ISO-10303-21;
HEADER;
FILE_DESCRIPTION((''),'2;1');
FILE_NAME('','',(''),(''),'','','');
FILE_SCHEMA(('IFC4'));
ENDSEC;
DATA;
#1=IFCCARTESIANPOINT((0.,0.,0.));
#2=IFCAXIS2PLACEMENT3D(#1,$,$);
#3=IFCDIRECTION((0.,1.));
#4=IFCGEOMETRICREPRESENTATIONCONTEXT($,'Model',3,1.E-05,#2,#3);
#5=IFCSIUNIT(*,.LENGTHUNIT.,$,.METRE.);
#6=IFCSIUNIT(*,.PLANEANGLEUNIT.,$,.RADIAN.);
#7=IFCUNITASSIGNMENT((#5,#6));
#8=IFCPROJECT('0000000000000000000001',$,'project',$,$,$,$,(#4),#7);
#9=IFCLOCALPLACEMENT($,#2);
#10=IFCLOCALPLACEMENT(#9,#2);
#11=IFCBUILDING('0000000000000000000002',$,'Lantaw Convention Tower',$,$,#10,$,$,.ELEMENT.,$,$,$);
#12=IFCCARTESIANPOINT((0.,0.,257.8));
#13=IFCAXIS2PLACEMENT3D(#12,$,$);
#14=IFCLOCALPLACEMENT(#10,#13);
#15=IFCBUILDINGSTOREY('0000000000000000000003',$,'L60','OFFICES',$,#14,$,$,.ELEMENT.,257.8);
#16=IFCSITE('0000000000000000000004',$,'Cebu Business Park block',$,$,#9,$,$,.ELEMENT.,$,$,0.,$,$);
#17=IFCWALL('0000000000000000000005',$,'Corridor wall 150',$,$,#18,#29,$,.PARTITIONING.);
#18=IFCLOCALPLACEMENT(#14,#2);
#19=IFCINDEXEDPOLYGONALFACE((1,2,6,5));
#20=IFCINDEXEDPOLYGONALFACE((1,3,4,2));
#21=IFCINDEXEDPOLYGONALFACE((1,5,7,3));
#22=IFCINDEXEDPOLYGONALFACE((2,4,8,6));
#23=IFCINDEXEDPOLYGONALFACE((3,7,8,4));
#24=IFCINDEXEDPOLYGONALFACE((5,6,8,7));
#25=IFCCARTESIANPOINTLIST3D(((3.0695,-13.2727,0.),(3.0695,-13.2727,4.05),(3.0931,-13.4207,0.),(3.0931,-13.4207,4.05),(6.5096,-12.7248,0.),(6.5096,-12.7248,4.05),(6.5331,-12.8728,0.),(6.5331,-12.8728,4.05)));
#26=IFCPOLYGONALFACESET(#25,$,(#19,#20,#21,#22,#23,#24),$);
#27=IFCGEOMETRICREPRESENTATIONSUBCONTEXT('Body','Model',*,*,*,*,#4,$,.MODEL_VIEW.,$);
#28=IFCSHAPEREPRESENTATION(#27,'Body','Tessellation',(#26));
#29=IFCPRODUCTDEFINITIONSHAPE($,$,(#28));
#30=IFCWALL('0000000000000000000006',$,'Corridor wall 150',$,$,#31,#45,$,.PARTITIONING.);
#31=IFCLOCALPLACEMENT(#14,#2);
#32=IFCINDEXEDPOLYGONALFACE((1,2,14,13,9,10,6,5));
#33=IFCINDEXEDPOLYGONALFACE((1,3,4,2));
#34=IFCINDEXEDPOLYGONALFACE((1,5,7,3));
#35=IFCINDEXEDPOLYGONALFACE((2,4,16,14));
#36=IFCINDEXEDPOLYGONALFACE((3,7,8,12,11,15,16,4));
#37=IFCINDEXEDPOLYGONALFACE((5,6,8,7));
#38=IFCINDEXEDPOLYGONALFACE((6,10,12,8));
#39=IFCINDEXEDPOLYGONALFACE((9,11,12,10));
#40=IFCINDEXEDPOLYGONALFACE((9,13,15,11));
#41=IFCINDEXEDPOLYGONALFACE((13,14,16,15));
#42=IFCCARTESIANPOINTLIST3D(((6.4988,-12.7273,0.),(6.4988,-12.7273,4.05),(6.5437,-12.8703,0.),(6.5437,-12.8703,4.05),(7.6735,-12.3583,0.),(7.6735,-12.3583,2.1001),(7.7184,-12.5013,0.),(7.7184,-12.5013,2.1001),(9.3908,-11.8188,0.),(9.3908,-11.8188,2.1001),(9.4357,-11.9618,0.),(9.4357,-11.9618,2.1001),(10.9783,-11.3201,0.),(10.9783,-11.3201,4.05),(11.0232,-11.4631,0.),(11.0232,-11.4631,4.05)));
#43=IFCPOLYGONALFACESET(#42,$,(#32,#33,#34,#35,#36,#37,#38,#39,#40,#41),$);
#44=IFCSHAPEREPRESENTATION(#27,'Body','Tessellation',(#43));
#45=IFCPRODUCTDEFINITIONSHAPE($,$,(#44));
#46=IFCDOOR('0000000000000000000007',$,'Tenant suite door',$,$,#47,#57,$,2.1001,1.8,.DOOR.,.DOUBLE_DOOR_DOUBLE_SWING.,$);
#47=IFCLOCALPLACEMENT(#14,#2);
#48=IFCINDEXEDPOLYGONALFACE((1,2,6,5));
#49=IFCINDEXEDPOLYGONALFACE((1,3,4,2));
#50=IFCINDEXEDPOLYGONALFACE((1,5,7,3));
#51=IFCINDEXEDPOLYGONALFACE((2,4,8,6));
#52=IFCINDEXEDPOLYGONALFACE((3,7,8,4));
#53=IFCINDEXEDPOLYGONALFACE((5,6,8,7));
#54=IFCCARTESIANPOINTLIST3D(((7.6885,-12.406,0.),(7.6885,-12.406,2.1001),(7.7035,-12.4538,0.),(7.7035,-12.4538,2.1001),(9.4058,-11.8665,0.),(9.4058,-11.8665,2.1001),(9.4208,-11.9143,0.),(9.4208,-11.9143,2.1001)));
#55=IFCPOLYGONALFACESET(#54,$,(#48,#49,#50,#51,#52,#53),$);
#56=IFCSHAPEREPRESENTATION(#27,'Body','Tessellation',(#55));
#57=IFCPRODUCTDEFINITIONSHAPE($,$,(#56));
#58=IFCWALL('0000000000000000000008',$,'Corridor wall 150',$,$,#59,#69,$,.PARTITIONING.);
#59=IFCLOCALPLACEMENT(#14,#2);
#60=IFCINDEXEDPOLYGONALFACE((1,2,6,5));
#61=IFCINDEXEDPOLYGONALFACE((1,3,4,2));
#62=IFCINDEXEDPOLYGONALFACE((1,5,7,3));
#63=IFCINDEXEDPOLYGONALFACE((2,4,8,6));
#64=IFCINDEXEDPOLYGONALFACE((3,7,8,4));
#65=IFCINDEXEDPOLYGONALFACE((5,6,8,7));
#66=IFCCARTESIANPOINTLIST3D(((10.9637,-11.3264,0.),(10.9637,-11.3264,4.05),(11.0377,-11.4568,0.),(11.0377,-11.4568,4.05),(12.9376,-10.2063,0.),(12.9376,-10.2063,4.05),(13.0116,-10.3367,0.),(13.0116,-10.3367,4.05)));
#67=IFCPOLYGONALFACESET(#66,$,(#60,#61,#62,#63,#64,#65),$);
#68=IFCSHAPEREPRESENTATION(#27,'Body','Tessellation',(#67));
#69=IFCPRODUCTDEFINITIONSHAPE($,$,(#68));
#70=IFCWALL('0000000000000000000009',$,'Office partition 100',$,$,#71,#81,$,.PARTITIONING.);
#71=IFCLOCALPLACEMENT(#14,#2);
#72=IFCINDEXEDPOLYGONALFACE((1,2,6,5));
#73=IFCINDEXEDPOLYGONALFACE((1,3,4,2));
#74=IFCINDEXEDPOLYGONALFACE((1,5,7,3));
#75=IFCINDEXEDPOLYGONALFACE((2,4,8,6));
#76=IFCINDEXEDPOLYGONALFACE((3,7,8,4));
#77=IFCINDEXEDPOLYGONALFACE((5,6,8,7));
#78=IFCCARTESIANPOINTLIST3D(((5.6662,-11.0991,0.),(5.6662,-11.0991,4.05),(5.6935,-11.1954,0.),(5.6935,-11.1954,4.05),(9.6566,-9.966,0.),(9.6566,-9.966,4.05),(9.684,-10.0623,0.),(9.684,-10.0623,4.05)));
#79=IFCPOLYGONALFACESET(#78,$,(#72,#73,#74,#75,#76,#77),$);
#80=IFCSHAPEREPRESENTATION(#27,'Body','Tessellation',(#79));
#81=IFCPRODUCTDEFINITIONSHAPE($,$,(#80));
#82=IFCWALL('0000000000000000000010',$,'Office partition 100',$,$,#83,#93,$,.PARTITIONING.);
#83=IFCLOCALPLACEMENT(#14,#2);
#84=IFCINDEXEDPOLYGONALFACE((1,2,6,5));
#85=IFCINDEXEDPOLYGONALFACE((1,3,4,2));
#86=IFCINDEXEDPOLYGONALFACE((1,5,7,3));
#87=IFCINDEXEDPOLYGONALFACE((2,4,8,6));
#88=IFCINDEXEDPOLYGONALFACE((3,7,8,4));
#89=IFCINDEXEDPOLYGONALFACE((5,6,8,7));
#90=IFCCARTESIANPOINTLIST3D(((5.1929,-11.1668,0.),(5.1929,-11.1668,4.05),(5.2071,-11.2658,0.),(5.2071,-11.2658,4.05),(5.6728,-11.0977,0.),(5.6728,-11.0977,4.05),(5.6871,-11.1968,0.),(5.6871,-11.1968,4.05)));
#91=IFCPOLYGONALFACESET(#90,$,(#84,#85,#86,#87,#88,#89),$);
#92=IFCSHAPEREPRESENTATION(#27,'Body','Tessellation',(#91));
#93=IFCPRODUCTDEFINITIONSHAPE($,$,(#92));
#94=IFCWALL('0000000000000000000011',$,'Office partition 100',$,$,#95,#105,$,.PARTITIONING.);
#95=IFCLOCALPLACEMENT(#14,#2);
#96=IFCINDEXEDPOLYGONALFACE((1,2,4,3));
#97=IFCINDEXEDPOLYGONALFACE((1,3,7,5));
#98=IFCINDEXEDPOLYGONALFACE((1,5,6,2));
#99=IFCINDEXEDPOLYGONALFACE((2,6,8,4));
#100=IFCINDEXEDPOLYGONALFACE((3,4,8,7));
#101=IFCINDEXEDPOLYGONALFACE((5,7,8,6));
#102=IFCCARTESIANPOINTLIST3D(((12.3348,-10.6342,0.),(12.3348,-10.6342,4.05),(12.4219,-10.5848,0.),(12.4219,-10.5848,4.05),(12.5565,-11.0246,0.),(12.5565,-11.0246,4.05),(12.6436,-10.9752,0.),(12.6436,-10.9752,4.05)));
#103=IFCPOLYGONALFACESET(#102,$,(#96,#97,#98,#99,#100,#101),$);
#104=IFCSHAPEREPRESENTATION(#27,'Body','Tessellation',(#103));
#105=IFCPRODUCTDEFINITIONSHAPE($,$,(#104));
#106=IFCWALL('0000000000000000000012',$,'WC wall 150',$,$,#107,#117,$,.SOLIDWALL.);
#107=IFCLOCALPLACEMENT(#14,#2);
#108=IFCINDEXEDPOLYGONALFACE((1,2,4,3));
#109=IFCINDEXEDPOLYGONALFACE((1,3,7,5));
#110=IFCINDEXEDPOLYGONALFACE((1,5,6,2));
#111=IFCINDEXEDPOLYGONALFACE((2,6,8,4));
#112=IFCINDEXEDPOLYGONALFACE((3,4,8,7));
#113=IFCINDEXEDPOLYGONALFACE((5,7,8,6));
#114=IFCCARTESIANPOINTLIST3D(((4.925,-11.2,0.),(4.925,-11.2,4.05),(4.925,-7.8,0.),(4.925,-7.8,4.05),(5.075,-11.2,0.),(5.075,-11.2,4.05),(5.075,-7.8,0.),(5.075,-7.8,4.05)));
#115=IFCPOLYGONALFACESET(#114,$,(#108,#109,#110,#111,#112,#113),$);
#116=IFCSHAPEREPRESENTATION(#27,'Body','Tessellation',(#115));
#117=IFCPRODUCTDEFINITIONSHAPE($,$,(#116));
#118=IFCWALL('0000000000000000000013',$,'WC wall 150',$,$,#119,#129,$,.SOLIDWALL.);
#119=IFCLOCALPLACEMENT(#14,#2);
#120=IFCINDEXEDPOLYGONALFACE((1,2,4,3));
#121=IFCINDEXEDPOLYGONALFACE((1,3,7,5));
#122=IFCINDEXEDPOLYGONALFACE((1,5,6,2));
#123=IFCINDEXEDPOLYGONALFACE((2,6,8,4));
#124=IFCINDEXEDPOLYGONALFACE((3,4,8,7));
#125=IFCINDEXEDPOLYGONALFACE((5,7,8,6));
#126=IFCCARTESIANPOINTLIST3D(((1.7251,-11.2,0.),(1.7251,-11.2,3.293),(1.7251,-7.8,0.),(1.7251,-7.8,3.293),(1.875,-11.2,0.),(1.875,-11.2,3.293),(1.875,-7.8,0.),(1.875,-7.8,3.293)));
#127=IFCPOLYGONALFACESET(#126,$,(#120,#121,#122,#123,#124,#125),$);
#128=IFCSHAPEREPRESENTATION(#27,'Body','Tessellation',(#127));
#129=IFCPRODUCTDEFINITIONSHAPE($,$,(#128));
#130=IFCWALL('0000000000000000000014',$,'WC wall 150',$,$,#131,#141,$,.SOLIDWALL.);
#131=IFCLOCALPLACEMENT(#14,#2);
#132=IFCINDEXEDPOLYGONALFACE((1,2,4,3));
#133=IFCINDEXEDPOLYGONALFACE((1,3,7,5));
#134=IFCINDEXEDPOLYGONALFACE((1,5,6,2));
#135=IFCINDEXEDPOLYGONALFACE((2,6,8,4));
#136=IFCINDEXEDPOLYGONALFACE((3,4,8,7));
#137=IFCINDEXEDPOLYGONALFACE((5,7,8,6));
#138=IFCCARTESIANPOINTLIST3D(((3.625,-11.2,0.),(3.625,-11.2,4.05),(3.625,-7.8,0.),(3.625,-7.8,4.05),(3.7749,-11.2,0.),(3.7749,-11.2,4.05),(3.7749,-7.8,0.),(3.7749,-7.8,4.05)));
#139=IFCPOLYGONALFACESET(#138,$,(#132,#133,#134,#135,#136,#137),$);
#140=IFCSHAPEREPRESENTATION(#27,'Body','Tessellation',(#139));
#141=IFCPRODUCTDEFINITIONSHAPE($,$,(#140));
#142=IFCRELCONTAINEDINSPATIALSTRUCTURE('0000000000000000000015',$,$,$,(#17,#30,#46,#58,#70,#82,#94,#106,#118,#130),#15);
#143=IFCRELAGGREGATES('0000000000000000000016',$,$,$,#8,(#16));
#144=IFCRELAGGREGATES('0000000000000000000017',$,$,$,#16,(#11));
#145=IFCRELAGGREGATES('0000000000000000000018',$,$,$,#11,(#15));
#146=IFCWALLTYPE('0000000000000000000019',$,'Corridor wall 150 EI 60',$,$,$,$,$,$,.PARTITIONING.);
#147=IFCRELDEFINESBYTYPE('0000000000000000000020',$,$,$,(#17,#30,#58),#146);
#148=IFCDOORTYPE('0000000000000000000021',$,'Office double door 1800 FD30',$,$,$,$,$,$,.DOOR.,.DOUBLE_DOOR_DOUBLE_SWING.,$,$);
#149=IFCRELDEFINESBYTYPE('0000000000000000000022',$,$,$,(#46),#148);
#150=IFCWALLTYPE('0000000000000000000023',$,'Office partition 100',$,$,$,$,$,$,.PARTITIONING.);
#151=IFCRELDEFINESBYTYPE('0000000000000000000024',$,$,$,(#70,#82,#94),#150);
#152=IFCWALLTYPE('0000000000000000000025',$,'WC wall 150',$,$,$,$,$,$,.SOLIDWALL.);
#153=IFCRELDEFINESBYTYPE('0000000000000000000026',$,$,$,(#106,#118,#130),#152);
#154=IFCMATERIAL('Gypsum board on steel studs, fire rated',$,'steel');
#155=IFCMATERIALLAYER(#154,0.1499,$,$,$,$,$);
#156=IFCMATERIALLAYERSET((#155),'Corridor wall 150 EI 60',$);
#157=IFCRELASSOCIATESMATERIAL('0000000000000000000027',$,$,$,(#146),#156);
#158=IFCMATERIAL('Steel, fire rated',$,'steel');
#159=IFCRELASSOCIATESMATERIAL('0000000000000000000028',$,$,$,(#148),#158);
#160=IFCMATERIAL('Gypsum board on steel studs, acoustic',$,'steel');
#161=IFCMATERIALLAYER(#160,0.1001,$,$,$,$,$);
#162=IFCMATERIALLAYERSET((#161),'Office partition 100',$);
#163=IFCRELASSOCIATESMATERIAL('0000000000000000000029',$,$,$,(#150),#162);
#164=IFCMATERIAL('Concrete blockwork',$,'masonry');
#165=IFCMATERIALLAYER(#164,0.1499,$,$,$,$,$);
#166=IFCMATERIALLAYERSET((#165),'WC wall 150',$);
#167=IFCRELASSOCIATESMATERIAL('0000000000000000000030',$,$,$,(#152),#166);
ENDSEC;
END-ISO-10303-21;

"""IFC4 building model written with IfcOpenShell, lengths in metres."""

from ifc_helpers import new_model, si_unit, direction, frame, frame_2d, origin, place, context, subcontext, project, spatial, rectangle, extrude, material, layer, layer_set, type_object, element, fill, save


model = new_model("IFC4")

# Units and contexts
model_context = context("Model", 3, precision=1e-05, world=origin(), true_north=direction((0.0, 1.0)))
body_context = subcontext(model_context, "Body", "Model", "MODEL_VIEW")
ifc_project = project(units=[si_unit("LENGTHUNIT", "METRE"), si_unit("PLANEANGLEUNIT", "RADIAN")], contexts=[model_context])

# Site, building, storey
site_placement = place(None, origin())
site = spatial("IfcSite", under=ifc_project, at=site_placement, Name="Cebu Business Park block", CompositionType="ELEMENT", RefElevation=0.0)
building_placement = place(site_placement, origin())
building = spatial("IfcBuilding", under=site, at=building_placement, Name="Lantaw Convention Tower", CompositionType="ELEMENT")
storey_placement = place(building_placement, frame((0.0, 0.0, 257.8)))
storey = spatial("IfcBuildingStorey", under=building, at=storey_placement, Name="L60", Description="OFFICES", CompositionType="ELEMENT", Elevation=257.8)

# Shared definitions
ifc_material_1 = material(Name="Steel, fire rated", Category="steel")

# Wall
ifc_material_2 = material(Name="Gypsum board on steel studs, fire rated", Category="steel")
ifc_layer_1 = layer(ifc_material_2, 0.1499)
ifc_layer_set_1 = layer_set([ifc_layer_1], Name="Corridor wall 150 EI 60")
wall_type_1 = type_object("IfcWallType", Name="Corridor wall 150 EI 60", PredefinedType="PARTITIONING", material=ifc_layer_set_1)
wall_1_placement = place(storey_placement, frame((3.0813, -13.3467, 0.0), z_axis=(0.0, 0.0, 1.0), x_axis=(0.987554, 0.15728, 0.0)))
element("IfcWall", 1, at=wall_1_placement, inside=storey, type_object=wall_type_1, Name="Corridor wall 150", PredefinedType="PARTITIONING", context=body_context, shape_type="SweptSolid", body=[
    extrude(rectangle(XDim=3.4834, YDim=0.1499, at=frame_2d((1.7417, 0.0))), origin(), (0.0, 0.0, 1.0), 4.05),
])

# Wall, opening, door
wall_2_placement = place(storey_placement, frame((6.5212, -12.7988, 0.0), z_axis=(0.0, 0.0, 1.0), x_axis=(0.954031, 0.299708, 0.0)))
wall_2 = element("IfcWall", 2, at=wall_2_placement, inside=storey, type_object=wall_type_1, Name="Corridor wall 150", PredefinedType="PARTITIONING", context=body_context, shape_type="SweptSolid", body=[
    extrude(rectangle(XDim=4.6953, YDim=0.1499, at=frame_2d((2.3477, 0.0))), origin(), (0.0, 0.0, 1.0), 4.05),
])
opening_1_placement = place(wall_2_placement, frame((1.2314, 0.0, 0.0)))
opening_1 = element("IfcOpeningElement", 3, at=opening_1_placement, cuts=wall_2, PredefinedType="OPENING", context=body_context, shape_type="SweptSolid", body=[
    extrude(rectangle(XDim=1.8, YDim=2.1001, at=frame_2d((0.8999, 1.05))), frame((0.0, 0.085, 0.0), z_axis=(0.0, -1.0, 0.0), x_axis=(1.0, 0.0, 0.0)), (0.0, 0.0, 1.0), 0.1699),
])
door_type_1 = type_object("IfcDoorType", Name="Office double door 1800 FD30", OperationType="DOUBLE_DOOR_DOUBLE_SWING", PredefinedType="DOOR", material=ifc_material_1)
door_1_placement = place(opening_1_placement, origin())
door_1 = element("IfcDoor", 4, at=door_1_placement, inside=storey, type_object=door_type_1, Name="Tenant suite door", OperationType="DOUBLE_DOOR_DOUBLE_SWING", OverallHeight=2.1001, OverallWidth=1.8, PredefinedType="DOOR", context=body_context, shape_type="SweptSolid", body=[
    extrude(rectangle(XDim=1.8, YDim=2.1001, at=frame_2d((0.8999, 1.05))), frame((0.0, 0.0249, 0.0), z_axis=(0.0, -1.0, 0.0), x_axis=(1.0, 0.0, 0.0)), (0.0, 0.0, 1.0), 0.05),
])
fill(opening_1, door_1)

# Walls
wall_3_placement = place(storey_placement, frame((11.0007, -11.3916, 0.0), z_axis=(0.0, 0.0, 1.0), x_axis=(0.869722, 0.493542, 0.0)))
element("IfcWall", 5, at=wall_3_placement, inside=storey, type_object=wall_type_1, Name="Corridor wall 150", PredefinedType="PARTITIONING", context=body_context, shape_type="SweptSolid", body=[
    extrude(rectangle(XDim=2.2695, YDim=0.1499, at=frame_2d((1.1348, 0.0))), origin(), (0.0, 0.0, 1.0), 4.05),
])
ifc_material_3 = material(Name="Gypsum board on steel studs, acoustic", Category="steel")
ifc_layer_2 = layer(ifc_material_3, 0.1001)
ifc_layer_set_2 = layer_set([ifc_layer_2], Name="Office partition 100")
wall_type_2 = type_object("IfcWallType", Name="Office partition 100", PredefinedType="PARTITIONING", material=ifc_layer_set_2)
wall_4_placement = place(storey_placement, frame((9.6704, -10.0142, 0.0), z_axis=(0.0, 0.0, 1.0), x_axis=(-0.961973, -0.273143, 0.0)))
element("IfcWall", 6, at=wall_4_placement, inside=storey, type_object=wall_type_2, Name="Office partition 100", PredefinedType="PARTITIONING", context=body_context, shape_type="SweptSolid", body=[
    extrude(rectangle(XDim=4.1482, YDim=0.1001, at=frame_2d((2.0742, 0.0))), origin(), (0.0, 0.0, 1.0), 4.05),
])
wall_5_placement = place(storey_placement, frame((5.6799, -11.1472, 0.0), z_axis=(0.0, 0.0, 1.0), x_axis=(-0.989798, -0.142479, 0.0)))
element("IfcWall", 7, at=wall_5_placement, inside=storey, type_object=wall_type_2, Name="Office partition 100", PredefinedType="PARTITIONING", context=body_context, shape_type="SweptSolid", body=[
    extrude(rectangle(XDim=0.4849, YDim=0.1001, at=frame_2d((0.2424, 0.0))), origin(), (0.0, 0.0, 1.0), 4.05),
])
wall_6_placement = place(storey_placement, frame((12.6001, -11.0, 0.0), z_axis=(0.0, 0.0, 1.0), x_axis=(-0.493794, 0.869579, 0.0)))
element("IfcWall", 8, at=wall_6_placement, inside=storey, type_object=wall_type_2, Name="Office partition 100", PredefinedType="PARTITIONING", context=body_context, shape_type="SweptSolid", body=[
    extrude(rectangle(XDim=0.449, YDim=0.1001, at=frame_2d((0.2246, 0.0))), origin(), (0.0, 0.0, 1.0), 4.05),
])
ifc_material_4 = material(Name="Concrete blockwork", Category="masonry")
ifc_layer_3 = layer(ifc_material_4, 0.1499)
ifc_layer_set_3 = layer_set([ifc_layer_3], Name="WC wall 150")
wall_type_3 = type_object("IfcWallType", Name="WC wall 150", PredefinedType="SOLIDWALL", material=ifc_layer_set_3)
wall_7_placement = place(storey_placement, frame((5.0, -7.8, 0.0), z_axis=(0.0, 0.0, 1.0), x_axis=(0.0, -1.0, 0.0)))
element("IfcWall", 9, at=wall_7_placement, inside=storey, type_object=wall_type_3, Name="WC wall 150", PredefinedType="SOLIDWALL", context=body_context, shape_type="SweptSolid", body=[
    extrude(rectangle(XDim=3.3999, YDim=0.1499, at=frame_2d((1.7, 0.0))), origin(), (0.0, 0.0, 1.0), 4.05),
])
wall_8_placement = place(storey_placement, frame((1.8, -7.8, 0.0), z_axis=(0.0, 0.0, 1.0), x_axis=(0.0, -1.0, 0.0)))
element("IfcWall", 10, at=wall_8_placement, inside=storey, type_object=wall_type_3, Name="WC wall 150", PredefinedType="SOLIDWALL", context=body_context, shape_type="SweptSolid", body=[
    extrude(rectangle(XDim=3.3999, YDim=0.1499, at=frame_2d((1.7, 0.0))), origin(), (0.0, 0.0, 1.0), 3.293),
])
wall_9_placement = place(storey_placement, frame((3.7, -7.8, 0.0), z_axis=(0.0, 0.0, 1.0), x_axis=(0.0, -1.0, 0.0)))
element("IfcWall", 11, at=wall_9_placement, inside=storey, type_object=wall_type_3, Name="WC wall 150", PredefinedType="SOLIDWALL", context=body_context, shape_type="SweptSolid", body=[
    extrude(rectangle(XDim=3.3999, YDim=0.1499, at=frame_2d((1.7, 0.0))), origin(), (0.0, 0.0, 1.0), 4.05),
])

save(model, "model.ifc")
